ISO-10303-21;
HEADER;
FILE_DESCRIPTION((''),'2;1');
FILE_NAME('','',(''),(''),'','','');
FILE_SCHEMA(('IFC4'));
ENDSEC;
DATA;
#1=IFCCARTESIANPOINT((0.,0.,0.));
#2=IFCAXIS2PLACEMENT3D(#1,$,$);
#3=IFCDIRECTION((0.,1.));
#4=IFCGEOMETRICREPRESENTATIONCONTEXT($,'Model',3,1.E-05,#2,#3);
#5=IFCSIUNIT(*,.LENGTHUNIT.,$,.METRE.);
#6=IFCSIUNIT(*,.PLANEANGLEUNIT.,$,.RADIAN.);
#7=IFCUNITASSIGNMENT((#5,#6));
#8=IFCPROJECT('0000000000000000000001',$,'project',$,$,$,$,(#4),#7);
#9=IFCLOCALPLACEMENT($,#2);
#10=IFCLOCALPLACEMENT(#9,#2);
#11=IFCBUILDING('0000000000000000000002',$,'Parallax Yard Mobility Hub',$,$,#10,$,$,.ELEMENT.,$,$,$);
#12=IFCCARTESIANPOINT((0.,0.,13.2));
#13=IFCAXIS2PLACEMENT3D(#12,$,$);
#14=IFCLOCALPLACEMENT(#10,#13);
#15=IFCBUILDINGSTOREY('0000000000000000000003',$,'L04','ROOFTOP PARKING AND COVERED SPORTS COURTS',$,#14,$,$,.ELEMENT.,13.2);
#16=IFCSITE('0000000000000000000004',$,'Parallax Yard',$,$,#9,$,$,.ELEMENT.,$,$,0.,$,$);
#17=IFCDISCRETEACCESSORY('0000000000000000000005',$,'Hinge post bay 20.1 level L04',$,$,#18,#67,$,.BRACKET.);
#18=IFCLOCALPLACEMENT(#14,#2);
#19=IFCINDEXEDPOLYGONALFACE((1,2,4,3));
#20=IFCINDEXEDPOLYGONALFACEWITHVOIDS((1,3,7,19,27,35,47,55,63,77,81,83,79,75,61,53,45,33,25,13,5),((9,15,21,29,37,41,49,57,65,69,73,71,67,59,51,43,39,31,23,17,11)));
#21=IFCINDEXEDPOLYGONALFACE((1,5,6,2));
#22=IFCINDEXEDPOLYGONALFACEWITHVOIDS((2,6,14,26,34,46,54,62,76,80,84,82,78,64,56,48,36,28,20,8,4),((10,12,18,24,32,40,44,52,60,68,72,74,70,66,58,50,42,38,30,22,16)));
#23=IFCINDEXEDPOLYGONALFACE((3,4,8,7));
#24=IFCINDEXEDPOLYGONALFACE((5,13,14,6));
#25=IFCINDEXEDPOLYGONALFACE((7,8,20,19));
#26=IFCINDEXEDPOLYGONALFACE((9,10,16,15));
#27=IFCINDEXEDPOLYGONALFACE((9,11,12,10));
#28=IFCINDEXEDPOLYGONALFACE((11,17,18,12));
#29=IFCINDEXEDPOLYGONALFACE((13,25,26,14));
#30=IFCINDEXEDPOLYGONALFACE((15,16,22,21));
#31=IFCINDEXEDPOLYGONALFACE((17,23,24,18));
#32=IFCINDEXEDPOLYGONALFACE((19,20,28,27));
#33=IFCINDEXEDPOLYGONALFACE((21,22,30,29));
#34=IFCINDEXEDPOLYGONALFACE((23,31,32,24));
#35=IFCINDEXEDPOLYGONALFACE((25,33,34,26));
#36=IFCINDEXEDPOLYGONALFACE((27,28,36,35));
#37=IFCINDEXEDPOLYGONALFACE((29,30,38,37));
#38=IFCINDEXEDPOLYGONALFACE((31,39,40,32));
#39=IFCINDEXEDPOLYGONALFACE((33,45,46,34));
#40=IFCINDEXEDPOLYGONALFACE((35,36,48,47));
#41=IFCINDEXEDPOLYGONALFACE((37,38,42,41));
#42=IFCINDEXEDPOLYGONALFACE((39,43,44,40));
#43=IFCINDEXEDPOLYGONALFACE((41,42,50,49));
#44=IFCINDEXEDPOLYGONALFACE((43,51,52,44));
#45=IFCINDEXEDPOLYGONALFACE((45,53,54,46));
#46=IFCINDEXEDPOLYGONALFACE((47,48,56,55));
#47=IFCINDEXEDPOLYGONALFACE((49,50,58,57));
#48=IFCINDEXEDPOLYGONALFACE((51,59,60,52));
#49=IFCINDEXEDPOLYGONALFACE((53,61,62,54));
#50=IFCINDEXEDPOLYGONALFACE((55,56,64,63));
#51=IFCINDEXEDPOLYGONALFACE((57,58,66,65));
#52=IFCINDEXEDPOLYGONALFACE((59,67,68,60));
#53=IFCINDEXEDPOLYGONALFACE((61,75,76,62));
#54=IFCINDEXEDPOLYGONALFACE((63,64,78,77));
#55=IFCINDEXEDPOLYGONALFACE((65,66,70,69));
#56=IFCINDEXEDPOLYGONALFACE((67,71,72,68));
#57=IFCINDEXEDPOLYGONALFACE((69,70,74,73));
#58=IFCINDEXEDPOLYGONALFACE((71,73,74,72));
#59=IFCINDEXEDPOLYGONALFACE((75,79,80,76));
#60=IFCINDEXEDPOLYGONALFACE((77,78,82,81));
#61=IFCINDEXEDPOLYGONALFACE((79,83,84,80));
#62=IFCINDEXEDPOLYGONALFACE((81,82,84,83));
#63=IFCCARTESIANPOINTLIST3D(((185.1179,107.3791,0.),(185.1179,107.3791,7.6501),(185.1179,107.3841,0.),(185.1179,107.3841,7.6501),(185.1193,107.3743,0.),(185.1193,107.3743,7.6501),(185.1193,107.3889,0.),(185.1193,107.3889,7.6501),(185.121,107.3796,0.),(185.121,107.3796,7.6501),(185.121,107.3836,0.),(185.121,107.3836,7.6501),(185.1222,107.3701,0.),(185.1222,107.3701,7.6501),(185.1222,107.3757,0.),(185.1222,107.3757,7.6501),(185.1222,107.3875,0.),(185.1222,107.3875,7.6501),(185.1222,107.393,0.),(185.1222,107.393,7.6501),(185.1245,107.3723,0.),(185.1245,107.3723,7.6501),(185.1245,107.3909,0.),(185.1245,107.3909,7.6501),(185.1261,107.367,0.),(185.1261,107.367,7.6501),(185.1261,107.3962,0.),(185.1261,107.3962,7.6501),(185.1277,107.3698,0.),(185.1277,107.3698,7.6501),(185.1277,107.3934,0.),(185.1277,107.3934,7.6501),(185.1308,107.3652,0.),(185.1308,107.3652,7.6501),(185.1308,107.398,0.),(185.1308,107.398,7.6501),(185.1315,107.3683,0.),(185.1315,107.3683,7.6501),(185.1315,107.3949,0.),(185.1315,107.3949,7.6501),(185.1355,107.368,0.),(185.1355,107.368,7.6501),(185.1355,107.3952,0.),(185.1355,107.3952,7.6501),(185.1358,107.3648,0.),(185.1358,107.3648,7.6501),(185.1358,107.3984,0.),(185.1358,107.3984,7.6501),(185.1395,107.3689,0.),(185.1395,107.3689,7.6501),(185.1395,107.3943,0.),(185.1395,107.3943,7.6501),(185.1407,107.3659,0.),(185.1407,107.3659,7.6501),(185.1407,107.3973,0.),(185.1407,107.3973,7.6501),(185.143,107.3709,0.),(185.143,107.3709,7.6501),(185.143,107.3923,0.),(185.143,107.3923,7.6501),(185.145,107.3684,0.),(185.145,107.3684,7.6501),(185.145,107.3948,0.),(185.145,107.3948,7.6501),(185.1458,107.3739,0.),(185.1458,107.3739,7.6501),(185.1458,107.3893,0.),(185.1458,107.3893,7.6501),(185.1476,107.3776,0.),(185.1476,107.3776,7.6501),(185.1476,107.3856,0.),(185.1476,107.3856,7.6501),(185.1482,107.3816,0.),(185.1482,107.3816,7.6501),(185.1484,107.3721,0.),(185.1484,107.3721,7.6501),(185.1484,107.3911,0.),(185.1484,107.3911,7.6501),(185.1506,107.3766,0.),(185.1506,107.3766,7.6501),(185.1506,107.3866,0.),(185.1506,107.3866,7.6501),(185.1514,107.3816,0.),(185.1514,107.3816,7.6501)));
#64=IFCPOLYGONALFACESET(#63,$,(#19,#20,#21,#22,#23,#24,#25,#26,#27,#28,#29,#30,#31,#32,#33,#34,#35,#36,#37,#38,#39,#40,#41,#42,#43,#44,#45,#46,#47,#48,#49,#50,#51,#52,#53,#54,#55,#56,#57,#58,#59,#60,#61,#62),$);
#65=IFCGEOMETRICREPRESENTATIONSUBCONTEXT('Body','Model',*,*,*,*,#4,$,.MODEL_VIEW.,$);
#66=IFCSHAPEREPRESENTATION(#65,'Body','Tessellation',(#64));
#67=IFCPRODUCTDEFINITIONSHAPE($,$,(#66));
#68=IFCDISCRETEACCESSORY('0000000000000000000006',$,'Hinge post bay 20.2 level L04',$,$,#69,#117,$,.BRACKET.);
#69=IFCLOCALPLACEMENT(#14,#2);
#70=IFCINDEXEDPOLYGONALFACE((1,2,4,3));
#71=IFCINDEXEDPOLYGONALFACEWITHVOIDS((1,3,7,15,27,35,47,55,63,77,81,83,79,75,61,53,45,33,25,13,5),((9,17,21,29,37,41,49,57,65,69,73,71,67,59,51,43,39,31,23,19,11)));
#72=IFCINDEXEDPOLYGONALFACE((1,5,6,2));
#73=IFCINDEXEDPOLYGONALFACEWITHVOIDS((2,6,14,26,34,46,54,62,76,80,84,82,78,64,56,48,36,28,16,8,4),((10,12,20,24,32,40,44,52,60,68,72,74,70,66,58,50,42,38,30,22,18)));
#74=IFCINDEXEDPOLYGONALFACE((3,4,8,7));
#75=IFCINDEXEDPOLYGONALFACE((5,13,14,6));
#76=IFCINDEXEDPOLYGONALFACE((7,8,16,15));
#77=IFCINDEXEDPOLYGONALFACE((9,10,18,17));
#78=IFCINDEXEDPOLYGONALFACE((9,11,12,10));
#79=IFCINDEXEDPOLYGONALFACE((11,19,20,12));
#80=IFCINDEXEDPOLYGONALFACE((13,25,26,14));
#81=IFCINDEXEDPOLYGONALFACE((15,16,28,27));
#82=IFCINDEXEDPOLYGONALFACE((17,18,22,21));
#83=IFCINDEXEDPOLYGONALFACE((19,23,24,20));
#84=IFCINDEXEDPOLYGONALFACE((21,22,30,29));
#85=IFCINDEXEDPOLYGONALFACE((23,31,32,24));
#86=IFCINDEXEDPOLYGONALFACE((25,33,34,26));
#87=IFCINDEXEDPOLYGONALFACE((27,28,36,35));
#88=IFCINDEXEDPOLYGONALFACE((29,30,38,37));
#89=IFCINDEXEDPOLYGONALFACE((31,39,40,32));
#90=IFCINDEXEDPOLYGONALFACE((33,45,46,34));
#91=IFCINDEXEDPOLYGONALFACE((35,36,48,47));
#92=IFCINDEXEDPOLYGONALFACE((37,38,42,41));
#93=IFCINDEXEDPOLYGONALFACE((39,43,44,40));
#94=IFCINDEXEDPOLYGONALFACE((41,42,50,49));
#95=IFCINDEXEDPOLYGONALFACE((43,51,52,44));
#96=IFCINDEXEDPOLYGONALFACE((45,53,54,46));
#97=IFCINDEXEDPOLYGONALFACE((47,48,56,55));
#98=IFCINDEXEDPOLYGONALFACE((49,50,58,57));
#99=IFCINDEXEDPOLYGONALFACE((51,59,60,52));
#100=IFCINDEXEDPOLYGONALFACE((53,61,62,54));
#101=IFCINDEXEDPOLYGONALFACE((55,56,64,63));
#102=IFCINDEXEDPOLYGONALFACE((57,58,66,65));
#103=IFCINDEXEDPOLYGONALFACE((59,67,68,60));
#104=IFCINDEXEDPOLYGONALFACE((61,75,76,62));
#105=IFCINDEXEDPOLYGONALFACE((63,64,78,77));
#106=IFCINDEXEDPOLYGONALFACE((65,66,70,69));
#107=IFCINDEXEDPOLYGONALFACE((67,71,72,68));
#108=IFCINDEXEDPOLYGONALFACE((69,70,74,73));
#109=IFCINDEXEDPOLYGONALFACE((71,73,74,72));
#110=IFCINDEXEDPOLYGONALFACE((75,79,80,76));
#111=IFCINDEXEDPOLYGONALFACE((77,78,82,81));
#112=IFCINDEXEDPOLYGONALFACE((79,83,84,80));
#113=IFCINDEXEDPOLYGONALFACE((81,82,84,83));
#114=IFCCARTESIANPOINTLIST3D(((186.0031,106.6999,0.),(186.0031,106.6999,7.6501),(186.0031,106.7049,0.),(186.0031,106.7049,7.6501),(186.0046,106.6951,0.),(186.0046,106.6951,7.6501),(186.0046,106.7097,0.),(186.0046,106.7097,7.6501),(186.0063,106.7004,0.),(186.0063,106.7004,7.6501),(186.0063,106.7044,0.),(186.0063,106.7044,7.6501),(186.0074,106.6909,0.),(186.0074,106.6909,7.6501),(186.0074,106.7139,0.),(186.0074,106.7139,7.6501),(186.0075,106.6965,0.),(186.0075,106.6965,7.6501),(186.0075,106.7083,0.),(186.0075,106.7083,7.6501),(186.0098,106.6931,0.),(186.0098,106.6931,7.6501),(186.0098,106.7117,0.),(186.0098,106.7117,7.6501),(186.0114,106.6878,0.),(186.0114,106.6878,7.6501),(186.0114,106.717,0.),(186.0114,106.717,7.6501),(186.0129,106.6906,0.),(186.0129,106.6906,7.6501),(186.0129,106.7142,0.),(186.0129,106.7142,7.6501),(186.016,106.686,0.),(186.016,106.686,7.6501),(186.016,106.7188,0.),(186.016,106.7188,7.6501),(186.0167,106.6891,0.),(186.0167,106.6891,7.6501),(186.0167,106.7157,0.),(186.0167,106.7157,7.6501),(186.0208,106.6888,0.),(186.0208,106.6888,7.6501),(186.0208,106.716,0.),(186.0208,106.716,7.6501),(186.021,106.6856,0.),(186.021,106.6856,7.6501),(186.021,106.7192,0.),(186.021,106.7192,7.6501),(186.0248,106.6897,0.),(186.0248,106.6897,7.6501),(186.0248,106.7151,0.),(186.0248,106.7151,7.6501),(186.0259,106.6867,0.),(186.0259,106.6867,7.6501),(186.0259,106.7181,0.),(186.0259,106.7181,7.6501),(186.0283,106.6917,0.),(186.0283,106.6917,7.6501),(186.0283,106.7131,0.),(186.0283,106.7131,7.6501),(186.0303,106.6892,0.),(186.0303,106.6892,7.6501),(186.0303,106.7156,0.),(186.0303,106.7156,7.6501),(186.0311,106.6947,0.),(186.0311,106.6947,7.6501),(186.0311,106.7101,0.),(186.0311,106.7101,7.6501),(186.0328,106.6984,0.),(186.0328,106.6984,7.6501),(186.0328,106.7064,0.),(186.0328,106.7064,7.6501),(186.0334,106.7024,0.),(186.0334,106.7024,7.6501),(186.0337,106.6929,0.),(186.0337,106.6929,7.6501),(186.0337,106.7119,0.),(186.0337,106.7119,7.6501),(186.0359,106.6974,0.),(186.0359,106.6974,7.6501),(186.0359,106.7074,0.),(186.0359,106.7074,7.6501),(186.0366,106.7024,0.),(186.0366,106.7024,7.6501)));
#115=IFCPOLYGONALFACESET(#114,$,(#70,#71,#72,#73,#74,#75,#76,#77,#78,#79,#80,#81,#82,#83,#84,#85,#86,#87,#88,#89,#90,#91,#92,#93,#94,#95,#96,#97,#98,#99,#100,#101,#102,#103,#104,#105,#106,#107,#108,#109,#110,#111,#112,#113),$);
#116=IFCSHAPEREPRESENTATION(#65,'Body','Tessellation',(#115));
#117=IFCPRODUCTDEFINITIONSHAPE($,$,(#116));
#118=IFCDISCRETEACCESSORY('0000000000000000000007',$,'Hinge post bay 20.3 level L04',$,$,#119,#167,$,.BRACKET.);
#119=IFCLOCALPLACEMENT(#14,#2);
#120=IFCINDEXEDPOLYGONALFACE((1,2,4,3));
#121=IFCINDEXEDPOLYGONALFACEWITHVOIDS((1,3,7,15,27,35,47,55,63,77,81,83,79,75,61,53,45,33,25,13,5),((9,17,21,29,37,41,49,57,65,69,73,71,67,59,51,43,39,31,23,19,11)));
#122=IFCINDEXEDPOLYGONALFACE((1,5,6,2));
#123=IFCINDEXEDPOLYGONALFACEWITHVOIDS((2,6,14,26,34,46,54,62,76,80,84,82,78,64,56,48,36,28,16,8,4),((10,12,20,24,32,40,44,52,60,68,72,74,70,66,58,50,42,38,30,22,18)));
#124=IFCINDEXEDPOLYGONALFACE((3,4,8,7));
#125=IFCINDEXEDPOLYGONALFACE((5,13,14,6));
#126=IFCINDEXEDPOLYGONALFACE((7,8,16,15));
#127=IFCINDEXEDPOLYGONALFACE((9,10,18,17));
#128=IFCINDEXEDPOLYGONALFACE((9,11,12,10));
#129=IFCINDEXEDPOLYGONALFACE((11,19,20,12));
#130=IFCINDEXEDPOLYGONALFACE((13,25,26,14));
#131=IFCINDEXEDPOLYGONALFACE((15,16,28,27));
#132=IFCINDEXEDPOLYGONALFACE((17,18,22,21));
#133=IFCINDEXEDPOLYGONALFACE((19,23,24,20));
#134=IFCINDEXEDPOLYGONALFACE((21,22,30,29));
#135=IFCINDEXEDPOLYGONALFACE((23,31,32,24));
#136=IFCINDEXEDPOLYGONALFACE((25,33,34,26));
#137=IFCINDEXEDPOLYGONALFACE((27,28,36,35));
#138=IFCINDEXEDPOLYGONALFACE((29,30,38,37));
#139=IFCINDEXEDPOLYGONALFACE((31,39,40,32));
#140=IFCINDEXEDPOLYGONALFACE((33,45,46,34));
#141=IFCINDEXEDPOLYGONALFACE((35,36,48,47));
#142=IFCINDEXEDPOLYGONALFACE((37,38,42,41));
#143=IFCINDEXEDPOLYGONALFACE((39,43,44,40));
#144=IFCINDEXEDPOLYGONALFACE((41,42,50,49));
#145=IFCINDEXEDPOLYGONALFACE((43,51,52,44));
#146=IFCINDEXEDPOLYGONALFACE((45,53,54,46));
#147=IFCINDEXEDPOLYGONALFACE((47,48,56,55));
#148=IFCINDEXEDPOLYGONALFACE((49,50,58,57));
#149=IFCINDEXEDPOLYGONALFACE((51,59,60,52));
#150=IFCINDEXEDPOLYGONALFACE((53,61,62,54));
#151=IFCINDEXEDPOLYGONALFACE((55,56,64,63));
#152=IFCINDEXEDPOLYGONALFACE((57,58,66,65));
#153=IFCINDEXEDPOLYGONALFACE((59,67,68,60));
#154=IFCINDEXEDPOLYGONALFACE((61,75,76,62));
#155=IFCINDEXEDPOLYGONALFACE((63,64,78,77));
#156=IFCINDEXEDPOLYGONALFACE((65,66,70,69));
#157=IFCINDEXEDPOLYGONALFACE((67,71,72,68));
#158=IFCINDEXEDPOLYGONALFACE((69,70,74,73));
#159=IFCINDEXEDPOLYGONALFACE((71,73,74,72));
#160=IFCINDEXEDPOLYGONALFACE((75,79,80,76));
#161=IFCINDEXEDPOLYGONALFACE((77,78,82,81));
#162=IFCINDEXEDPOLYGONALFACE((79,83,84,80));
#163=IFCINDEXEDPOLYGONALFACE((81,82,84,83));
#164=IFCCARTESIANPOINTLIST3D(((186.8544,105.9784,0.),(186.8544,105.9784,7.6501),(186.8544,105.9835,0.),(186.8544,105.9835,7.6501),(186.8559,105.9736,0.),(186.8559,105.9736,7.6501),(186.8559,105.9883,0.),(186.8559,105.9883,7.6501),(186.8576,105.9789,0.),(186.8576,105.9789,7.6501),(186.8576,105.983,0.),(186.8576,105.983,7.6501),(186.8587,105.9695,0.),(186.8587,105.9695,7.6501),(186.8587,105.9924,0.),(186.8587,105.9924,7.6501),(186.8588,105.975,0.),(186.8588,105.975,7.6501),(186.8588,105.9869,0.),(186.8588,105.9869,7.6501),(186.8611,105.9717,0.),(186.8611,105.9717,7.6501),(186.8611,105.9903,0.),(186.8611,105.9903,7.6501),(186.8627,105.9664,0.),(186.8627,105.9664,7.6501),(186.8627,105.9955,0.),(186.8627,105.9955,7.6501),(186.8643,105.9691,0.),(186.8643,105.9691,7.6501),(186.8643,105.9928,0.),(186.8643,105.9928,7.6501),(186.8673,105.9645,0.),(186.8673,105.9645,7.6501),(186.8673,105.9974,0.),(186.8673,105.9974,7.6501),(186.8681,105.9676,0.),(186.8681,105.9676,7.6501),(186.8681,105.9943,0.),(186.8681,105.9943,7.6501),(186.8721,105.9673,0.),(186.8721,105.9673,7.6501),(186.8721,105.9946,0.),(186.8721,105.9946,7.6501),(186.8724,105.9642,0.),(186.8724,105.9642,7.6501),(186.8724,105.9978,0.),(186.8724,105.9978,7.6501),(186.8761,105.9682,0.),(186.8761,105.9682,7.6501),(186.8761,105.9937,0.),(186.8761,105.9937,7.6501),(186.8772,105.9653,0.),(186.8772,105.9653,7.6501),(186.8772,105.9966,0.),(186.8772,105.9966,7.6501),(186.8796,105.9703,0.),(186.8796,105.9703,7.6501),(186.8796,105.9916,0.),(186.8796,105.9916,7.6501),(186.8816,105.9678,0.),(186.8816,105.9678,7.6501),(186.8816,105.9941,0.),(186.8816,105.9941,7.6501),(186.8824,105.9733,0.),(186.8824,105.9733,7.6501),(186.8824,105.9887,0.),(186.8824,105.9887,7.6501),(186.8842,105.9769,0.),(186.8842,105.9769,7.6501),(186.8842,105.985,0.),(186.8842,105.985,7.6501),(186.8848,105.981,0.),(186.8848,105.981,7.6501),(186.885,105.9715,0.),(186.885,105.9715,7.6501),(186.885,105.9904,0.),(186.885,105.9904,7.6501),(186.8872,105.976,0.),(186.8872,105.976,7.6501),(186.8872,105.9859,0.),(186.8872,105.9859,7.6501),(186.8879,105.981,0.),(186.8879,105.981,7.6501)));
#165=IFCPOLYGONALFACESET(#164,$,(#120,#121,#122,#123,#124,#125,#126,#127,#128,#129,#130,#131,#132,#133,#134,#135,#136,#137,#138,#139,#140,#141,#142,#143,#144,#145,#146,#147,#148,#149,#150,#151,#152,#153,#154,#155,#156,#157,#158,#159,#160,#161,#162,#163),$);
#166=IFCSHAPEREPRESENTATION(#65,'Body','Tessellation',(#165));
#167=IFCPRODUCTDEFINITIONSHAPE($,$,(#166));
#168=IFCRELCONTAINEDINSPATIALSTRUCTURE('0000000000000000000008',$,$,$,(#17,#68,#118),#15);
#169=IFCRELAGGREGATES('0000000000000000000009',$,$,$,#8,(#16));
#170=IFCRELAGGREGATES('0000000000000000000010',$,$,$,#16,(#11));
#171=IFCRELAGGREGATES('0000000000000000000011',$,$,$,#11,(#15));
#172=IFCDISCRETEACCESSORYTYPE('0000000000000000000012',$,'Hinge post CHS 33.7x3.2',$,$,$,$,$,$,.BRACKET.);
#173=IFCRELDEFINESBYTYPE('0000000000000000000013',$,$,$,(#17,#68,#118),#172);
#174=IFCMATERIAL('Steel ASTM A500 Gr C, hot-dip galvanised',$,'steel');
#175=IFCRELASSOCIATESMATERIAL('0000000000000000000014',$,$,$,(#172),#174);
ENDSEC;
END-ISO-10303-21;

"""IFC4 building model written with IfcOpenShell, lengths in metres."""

from ifc_helpers import new_model, si_unit, direction, frame, origin, origin_2d, place, context, subcontext, project, spatial, hollow_circle, extrude, material, material_profile, profile_set, type_object, element, save


model = new_model("IFC4")

# Units and contexts
model_context = context("Model", 3, precision=1e-05, world=origin(), true_north=direction((0.0, 1.0)))
body_context = subcontext(model_context, "Body", "Model", "MODEL_VIEW")
ifc_project = project(units=[si_unit("LENGTHUNIT", "METRE"), si_unit("PLANEANGLEUNIT", "RADIAN")], contexts=[model_context])

# Site, building, storey
site_placement = place(None, origin())
site = spatial("IfcSite", under=ifc_project, at=site_placement, Name="Parallax Yard", CompositionType="ELEMENT", RefElevation=0.0)
building_placement = place(site_placement, origin())
building = spatial("IfcBuilding", under=site, at=building_placement, Name="Parallax Yard Mobility Hub", CompositionType="ELEMENT")
storey_placement = place(building_placement, frame((0.0, 0.0, 13.2)))
storey = spatial("IfcBuildingStorey", under=building, at=storey_placement, Name="L04", Description="ROOFTOP PARKING AND COVERED SPORTS COURTS", CompositionType="ELEMENT", Elevation=13.2)

# Discrete accessories
ifc_material_1 = material(Name="Steel ASTM A500 Gr C, hot-dip galvanised", Category="steel")
ifc_material_profile_1 = material_profile(ifc_material_1, hollow_circle(Radius=0.0168, WallThickness=0.0032, at=origin_2d()), Name="CHS 33.7x3.2")
ifc_profile_set_1 = profile_set([ifc_material_profile_1], Name="Steel ASTM A500 Gr C, hot-dip galvanised")
discrete_accessory_type_1 = type_object("IfcDiscreteAccessoryType", Name="Hinge post CHS 33.7x3.2", PredefinedType="BRACKET", material=ifc_profile_set_1)
for number, where, z_axis, x_axis, name in (
    (1, (185.1345, 107.3816, 0.0), (0.0, 0.0, 1.0), (1.0, 0.0, 0.0), "Hinge post bay 20.1 level L04"),
    (2, (186.0198, 106.7024, 0.0), (0.0, 0.0, 1.0), (1.0, 0.0, 0.0), "Hinge post bay 20.2 level L04"),
    (3, (186.8711, 105.981, 0.0), (0.0, 0.0, 1.0), (1.0, 0.0, 0.0), "Hinge post bay 20.3 level L04"),
):
    element("IfcDiscreteAccessory", number, at=place(storey_placement, frame(where, z_axis=z_axis, x_axis=x_axis)), inside=storey, type_object=discrete_accessory_type_1, Name=name, PredefinedType="BRACKET", context=body_context, shape_type="SweptSolid", body=[
        extrude(hollow_circle(Radius=0.0168, WallThickness=0.0032, at=origin_2d()), origin(), (0.0, 0.0, 1.0), 7.6501),
    ])

save(model, "model.ifc")
